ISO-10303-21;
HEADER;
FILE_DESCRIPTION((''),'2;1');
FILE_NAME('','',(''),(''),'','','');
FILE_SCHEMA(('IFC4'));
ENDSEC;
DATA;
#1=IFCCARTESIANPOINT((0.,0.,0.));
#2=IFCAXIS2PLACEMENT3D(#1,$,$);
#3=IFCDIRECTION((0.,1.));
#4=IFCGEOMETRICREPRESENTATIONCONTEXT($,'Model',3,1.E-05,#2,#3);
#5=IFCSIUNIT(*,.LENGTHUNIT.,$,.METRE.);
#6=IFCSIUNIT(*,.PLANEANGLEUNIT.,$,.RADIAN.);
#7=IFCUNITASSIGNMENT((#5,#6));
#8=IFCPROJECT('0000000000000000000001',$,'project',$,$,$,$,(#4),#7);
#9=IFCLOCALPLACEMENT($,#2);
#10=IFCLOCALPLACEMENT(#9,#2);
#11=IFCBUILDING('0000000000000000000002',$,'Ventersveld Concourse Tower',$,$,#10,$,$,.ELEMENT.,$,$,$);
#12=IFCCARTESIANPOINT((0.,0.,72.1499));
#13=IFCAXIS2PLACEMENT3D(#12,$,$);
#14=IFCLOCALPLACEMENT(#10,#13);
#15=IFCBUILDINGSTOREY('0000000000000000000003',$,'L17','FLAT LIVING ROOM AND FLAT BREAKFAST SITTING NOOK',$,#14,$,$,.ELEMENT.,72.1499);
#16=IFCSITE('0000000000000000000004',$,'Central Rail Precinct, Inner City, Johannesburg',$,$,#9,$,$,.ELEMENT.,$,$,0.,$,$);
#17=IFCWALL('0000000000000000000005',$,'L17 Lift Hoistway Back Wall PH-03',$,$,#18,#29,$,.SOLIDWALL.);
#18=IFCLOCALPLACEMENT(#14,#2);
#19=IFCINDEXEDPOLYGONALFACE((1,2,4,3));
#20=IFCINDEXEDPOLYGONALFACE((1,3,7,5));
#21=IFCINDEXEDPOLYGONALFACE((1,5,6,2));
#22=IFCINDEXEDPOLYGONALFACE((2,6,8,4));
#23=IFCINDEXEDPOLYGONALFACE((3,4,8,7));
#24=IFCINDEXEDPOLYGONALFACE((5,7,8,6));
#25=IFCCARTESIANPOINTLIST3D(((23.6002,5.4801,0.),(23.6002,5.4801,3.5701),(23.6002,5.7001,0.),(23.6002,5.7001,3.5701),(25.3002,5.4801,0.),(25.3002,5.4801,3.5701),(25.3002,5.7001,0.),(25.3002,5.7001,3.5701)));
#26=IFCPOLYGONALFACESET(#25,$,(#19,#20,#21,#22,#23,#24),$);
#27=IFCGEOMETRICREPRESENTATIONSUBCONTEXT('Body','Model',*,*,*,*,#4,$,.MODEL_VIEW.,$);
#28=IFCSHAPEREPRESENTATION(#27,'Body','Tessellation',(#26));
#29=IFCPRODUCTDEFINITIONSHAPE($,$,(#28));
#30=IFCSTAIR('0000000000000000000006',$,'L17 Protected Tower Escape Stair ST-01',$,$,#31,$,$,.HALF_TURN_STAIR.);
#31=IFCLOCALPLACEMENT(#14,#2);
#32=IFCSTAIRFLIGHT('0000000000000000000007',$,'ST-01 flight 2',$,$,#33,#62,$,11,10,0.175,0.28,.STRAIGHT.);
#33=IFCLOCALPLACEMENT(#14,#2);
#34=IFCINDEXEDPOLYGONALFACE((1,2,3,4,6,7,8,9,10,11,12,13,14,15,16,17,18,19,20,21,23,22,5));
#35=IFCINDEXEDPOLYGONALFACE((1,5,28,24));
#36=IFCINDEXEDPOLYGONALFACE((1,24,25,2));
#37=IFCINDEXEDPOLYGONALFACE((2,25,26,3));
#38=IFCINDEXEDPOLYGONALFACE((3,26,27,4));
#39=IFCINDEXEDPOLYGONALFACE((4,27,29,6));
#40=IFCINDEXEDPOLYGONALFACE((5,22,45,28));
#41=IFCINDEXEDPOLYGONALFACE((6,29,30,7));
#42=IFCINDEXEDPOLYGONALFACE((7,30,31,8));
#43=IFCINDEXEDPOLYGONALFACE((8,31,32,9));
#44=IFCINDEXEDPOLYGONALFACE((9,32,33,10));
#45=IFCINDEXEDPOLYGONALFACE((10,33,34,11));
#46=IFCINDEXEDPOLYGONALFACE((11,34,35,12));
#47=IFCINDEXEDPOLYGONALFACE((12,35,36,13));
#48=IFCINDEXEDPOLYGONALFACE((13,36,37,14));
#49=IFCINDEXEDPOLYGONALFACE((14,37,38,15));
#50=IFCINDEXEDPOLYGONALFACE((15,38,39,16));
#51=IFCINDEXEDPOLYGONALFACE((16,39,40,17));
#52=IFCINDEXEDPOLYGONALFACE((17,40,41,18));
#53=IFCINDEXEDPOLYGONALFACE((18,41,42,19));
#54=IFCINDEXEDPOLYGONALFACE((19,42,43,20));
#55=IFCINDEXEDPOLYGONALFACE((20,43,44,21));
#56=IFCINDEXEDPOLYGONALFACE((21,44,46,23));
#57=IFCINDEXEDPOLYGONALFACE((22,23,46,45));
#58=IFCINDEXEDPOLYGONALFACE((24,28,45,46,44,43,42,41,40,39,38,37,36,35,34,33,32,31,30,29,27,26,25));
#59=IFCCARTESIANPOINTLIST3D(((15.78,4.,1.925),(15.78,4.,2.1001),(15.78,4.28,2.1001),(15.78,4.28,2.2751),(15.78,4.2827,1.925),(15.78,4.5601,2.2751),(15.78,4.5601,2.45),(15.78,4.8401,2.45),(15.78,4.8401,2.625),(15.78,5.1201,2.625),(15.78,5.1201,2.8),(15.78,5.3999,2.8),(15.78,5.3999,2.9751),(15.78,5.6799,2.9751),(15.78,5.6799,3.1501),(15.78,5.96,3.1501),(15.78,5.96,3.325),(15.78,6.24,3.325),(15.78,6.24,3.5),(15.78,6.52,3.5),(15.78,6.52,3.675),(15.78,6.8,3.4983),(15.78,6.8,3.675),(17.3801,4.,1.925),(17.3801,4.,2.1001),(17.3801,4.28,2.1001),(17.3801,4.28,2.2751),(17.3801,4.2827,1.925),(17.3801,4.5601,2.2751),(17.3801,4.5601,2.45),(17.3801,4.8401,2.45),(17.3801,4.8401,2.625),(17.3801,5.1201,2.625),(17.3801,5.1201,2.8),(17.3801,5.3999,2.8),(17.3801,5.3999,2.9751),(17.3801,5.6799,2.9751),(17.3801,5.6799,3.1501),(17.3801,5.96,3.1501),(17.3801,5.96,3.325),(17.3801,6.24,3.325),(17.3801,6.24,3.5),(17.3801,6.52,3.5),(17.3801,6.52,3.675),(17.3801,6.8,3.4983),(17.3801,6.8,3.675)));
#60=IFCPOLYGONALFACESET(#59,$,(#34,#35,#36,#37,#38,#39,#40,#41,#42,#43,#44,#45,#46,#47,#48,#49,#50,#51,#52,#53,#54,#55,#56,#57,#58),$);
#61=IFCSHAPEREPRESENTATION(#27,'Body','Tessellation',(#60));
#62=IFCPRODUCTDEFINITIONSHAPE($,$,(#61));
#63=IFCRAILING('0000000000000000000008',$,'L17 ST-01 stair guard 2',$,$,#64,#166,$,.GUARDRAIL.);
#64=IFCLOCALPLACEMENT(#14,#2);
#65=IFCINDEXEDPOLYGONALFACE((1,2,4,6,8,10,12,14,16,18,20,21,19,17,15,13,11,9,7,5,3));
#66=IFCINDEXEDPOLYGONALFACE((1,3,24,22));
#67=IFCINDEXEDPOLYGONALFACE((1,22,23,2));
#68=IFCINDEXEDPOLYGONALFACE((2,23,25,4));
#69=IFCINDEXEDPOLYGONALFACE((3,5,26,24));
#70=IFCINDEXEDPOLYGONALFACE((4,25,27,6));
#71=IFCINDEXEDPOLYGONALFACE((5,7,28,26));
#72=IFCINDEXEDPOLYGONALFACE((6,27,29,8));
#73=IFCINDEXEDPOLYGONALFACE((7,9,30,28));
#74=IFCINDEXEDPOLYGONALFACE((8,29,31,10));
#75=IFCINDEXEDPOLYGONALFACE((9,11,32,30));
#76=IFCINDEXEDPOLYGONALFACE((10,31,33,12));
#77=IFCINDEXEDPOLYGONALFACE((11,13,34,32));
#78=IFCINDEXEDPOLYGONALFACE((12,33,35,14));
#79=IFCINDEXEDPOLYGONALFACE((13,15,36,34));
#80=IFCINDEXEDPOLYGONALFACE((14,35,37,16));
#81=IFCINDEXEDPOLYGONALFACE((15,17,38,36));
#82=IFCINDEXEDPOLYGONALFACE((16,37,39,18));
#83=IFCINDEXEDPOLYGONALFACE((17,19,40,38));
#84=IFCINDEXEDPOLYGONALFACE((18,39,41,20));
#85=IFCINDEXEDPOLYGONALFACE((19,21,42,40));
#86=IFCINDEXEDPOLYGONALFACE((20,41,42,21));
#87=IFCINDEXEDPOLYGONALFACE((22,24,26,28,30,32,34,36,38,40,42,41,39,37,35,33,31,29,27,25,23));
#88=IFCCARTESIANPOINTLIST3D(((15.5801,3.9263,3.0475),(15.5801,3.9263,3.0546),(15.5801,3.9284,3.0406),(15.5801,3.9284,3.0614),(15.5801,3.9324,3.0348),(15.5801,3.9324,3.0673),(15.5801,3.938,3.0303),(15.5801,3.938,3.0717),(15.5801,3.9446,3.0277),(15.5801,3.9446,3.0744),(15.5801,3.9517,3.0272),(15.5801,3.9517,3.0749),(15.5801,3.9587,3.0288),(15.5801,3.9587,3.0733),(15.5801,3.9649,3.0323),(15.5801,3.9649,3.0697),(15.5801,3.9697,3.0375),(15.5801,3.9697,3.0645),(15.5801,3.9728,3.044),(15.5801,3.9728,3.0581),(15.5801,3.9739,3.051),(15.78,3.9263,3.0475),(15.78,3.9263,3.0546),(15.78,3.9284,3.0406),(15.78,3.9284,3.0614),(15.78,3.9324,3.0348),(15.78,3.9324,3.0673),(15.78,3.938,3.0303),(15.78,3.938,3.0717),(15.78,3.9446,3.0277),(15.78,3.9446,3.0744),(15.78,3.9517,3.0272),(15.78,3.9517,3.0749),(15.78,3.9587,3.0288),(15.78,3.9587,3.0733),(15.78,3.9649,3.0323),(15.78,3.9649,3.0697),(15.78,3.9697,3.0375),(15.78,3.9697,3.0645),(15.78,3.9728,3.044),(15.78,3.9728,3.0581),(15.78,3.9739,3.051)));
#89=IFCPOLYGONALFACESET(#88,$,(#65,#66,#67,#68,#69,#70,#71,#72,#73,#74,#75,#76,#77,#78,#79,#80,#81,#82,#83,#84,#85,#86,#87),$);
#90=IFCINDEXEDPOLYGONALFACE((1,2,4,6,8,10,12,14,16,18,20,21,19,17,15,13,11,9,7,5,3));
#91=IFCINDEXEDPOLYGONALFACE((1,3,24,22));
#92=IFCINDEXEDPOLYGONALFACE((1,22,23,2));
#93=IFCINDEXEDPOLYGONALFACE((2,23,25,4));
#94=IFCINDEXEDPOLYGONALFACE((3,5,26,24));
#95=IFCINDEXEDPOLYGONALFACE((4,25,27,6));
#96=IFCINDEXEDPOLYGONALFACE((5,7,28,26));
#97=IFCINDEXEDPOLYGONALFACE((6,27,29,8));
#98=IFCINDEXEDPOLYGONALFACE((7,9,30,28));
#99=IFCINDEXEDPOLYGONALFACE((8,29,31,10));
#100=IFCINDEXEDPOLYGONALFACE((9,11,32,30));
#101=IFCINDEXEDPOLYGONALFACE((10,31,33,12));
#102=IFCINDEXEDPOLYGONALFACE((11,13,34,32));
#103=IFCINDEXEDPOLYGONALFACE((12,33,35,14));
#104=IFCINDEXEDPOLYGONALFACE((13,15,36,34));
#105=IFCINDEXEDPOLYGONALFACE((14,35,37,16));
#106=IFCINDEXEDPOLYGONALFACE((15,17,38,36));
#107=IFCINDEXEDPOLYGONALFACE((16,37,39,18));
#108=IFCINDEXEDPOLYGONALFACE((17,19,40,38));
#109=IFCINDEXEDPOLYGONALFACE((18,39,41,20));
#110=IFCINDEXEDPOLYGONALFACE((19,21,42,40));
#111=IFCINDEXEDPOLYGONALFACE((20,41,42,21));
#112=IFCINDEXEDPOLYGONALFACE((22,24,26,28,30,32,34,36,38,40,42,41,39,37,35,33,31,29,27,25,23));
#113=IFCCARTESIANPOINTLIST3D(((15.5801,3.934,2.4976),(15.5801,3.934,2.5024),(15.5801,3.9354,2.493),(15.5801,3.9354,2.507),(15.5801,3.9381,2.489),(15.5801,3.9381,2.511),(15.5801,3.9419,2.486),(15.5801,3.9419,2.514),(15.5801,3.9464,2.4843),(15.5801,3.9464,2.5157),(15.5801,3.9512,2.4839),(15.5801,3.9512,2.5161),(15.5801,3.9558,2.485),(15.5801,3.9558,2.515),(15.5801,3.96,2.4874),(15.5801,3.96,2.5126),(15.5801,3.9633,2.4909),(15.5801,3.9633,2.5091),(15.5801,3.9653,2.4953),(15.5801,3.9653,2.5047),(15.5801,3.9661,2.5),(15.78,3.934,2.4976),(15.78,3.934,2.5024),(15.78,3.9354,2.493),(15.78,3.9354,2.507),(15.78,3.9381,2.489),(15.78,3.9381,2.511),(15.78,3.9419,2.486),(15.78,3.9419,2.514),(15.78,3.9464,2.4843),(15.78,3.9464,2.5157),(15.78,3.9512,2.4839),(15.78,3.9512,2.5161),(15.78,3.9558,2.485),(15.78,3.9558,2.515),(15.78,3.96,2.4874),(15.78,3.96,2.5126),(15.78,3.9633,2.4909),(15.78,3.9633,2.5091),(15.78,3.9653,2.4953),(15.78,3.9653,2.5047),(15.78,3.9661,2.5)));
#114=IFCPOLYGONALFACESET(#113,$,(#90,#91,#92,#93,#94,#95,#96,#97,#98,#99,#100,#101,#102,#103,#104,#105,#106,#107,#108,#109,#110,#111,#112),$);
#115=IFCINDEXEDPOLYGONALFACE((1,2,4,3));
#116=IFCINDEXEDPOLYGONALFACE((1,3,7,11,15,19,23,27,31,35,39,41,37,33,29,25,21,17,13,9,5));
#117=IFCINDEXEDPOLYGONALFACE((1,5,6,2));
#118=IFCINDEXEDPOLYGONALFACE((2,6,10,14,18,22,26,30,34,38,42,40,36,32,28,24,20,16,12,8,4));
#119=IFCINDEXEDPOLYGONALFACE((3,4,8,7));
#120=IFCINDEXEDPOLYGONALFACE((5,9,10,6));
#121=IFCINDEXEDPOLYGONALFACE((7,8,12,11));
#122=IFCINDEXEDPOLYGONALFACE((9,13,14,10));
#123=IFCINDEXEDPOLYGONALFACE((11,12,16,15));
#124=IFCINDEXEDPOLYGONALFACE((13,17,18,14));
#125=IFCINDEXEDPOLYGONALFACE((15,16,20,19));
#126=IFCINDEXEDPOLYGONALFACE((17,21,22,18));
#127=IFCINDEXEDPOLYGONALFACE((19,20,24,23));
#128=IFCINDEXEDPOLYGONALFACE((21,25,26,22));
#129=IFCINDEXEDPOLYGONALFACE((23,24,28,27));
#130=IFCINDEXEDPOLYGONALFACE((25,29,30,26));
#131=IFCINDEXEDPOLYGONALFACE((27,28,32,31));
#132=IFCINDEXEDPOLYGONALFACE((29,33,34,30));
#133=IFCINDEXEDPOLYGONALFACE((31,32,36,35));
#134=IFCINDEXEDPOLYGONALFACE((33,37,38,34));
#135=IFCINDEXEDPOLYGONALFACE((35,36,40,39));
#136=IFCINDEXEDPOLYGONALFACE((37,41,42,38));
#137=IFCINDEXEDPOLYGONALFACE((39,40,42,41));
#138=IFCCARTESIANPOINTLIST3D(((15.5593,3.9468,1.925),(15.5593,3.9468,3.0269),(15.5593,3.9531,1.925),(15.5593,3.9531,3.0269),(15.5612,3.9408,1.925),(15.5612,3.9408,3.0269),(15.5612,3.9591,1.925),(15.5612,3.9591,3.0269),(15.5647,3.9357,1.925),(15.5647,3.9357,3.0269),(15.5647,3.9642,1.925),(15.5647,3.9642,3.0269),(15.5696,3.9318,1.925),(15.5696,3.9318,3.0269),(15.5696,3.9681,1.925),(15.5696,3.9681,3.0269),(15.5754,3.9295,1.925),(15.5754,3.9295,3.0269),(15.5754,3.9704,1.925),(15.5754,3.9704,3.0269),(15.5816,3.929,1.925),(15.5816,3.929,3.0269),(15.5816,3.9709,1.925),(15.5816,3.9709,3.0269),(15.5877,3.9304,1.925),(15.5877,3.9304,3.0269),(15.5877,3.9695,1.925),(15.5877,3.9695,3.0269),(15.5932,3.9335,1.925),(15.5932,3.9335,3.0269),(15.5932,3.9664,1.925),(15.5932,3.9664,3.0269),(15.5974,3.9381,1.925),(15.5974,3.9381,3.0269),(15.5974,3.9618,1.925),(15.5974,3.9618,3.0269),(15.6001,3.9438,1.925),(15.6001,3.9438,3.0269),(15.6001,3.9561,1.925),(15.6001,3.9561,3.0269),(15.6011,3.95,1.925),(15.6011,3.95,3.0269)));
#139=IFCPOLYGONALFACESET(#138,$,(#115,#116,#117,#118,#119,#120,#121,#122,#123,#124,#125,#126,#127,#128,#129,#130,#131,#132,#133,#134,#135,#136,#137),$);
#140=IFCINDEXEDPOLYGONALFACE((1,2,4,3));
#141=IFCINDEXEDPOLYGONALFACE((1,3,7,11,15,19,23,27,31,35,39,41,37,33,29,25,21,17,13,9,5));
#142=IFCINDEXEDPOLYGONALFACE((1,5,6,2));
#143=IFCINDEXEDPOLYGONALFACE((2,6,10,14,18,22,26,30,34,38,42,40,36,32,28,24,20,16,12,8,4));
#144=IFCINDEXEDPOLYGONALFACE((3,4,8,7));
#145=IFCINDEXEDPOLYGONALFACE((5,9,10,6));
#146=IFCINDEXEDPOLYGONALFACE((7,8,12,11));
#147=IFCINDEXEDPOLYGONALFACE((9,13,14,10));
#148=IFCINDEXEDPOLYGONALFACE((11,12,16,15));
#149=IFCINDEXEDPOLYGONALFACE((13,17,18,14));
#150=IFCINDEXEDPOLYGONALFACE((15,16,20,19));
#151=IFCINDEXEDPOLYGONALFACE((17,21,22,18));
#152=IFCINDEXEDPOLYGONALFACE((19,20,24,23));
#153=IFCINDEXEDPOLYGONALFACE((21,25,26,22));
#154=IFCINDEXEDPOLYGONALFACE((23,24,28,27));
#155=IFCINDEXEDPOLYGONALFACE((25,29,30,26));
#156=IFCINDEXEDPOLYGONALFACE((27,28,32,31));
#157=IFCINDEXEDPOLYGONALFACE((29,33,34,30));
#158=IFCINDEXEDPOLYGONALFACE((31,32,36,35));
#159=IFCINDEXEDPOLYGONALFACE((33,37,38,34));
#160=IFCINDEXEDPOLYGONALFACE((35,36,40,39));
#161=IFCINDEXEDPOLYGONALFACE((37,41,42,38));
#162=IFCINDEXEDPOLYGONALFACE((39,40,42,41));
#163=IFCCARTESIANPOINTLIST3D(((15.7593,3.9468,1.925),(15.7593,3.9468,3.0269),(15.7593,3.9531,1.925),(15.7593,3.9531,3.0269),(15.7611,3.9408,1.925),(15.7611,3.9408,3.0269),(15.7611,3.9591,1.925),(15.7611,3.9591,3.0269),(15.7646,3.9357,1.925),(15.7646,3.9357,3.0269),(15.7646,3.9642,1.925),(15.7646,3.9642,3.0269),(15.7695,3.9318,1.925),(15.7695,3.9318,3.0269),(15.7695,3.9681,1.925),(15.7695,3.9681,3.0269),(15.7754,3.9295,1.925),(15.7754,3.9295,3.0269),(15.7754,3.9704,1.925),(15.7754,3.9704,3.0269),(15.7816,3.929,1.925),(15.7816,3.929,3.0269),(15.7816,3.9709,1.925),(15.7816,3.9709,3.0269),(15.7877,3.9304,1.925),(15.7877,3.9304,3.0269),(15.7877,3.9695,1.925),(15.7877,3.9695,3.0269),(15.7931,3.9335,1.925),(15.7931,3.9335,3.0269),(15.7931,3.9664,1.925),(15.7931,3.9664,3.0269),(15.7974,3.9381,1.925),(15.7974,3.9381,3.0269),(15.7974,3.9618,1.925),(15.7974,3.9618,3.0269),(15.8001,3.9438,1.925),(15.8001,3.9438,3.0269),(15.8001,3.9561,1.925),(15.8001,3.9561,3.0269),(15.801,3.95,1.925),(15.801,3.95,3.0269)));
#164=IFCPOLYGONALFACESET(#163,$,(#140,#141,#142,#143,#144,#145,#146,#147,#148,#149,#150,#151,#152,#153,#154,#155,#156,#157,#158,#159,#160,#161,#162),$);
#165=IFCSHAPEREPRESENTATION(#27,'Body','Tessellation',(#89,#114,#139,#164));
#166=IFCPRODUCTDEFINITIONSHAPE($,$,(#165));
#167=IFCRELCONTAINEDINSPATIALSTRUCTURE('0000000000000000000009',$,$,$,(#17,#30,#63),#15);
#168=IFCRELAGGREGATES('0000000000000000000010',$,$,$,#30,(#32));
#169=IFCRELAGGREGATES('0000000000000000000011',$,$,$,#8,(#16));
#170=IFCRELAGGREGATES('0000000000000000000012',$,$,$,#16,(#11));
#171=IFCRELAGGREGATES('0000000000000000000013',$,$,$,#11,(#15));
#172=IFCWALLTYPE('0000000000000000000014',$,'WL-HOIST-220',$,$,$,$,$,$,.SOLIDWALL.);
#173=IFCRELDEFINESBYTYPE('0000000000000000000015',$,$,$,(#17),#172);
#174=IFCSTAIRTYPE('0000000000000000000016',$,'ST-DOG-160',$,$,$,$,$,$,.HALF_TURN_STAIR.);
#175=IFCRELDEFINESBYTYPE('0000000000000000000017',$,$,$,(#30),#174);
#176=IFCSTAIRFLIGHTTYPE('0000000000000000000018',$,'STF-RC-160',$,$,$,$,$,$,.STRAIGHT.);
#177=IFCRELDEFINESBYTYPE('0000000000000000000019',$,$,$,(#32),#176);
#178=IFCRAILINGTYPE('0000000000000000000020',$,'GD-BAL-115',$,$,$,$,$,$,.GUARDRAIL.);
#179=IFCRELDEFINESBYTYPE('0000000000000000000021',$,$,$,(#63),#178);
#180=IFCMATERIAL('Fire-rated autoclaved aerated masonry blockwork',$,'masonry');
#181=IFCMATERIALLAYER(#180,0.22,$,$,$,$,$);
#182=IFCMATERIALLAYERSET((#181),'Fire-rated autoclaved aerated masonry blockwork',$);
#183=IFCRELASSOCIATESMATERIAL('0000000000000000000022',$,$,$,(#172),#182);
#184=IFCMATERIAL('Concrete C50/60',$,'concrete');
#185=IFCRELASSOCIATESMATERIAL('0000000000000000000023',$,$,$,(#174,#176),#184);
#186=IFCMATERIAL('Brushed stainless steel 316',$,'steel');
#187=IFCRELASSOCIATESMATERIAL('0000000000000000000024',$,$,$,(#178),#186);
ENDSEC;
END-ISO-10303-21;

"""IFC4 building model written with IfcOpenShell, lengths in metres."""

from ifc_helpers import new_model, si_unit, direction, frame, frame_2d, origin, origin_2d, place, context, subcontext, project, spatial, polyline, rectangle, circle, outline, extrude, material, layer, layer_set, type_object, element, aggregate, save


model = new_model("IFC4")

# Units and contexts
model_context = context("Model", 3, precision=1e-05, world=origin(), true_north=direction((0.0, 1.0)))
body_context = subcontext(model_context, "Body", "Model", "MODEL_VIEW")
ifc_project = project(units=[si_unit("LENGTHUNIT", "METRE"), si_unit("PLANEANGLEUNIT", "RADIAN")], contexts=[model_context])

# Site, building, storey
site_placement = place(None, origin())
site = spatial("IfcSite", under=ifc_project, at=site_placement, Name="Central Rail Precinct, Inner City, Johannesburg", CompositionType="ELEMENT", RefElevation=0.0)
building_placement = place(site_placement, origin())
building = spatial("IfcBuilding", under=site, at=building_placement, Name="Ventersveld Concourse Tower", CompositionType="ELEMENT")
storey_placement = place(building_placement, frame((0.0, 0.0, 72.1499)))
storey = spatial("IfcBuildingStorey", under=building, at=storey_placement, Name="L17", Description="FLAT LIVING ROOM AND FLAT BREAKFAST SITTING NOOK", CompositionType="ELEMENT", Elevation=72.1499)

# Shared definitions
ifc_material_1 = material(Name="Concrete C50/60", Category="concrete")

# Shared definitions
ifc_material_2 = material(Name="Fire-rated autoclaved aerated masonry blockwork", Category="masonry")
ifc_layer_1 = layer(ifc_material_2, 0.22)
ifc_layer_set_1 = layer_set([ifc_layer_1], Name="Fire-rated autoclaved aerated masonry blockwork")
wall_type_1 = type_object("IfcWallType", Name="WL-HOIST-220", PredefinedType="SOLIDWALL", material=ifc_layer_set_1)

# Shared definitions
ifc_material_3 = material(Name="Brushed stainless steel 316", Category="steel")

# Wall
for number, where, z_axis, x_axis, name in (
    (1, (23.6001, 5.5901, 0.0), (0.0, 0.0, 1.0), (1.0, 0.0, 0.0), "L17 Lift Hoistway Back Wall PH-03"),
):
    element("IfcWall", number, at=place(storey_placement, frame(where, z_axis=z_axis, x_axis=x_axis)), inside=storey, type_object=wall_type_1, Name=name, PredefinedType="SOLIDWALL", context=body_context, shape_type="SweptSolid", body=[
        extrude(rectangle(XDim=1.7, YDim=0.22, at=frame_2d((0.8501, 0.0))), origin(), (0.0, 0.0, 1.0), 3.5701),
    ])

# Stair, stair flight
stair_type = type_object("IfcStairType", Name="ST-DOG-160", PredefinedType="HALF_TURN_STAIR", material=ifc_material_1)
stair_placement = place(storey_placement, origin())
stair = element("IfcStair", 2, at=stair_placement, inside=storey, type_object=stair_type, Name="L17 Protected Tower Escape Stair ST-01", PredefinedType="HALF_TURN_STAIR")
stair_flight_type = type_object("IfcStairFlightType", Name="STF-RC-160", PredefinedType="STRAIGHT", material=ifc_material_1)
stair_flight_placement = place(storey_placement, frame((16.5801, 4.0, 1.925), z_axis=(0.0, 0.0, 1.0), x_axis=(0.0, 1.0, 0.0)))
stair_flight = element("IfcStairFlight", 3, at=stair_flight_placement, type_object=stair_flight_type, Name="ST-01 flight 2", NumberOfRisers=11, NumberOfTreads=10, PredefinedType="STRAIGHT", RiserHeight=0.175, TreadLength=0.28, context=body_context, shape_type="SweptSolid", body=[
    extrude(outline(polyline([(0.0, 0.0), (0.0, 0.175), (0.28, 0.175), (0.28, 0.3501), (0.5601, 0.3501), (0.5601, 0.5249), (0.8401, 0.5249), (0.8401, 0.7), (1.1201, 0.7), (1.1201, 0.875), (1.3999, 0.875), (1.3999, 1.05), (1.6799, 1.05), (1.6799, 1.2251), (1.96, 1.2251), (1.96, 1.3999), (2.24, 1.3999), (2.24, 1.575), (2.52, 1.575), (2.52, 1.75), (2.8, 1.75), (2.8, 1.925), (2.8, 1.5732), (0.2827, 0.0), (0.0, 0.0)])), frame((0.0, 0.8, 0.0), z_axis=(0.0, -1.0, 0.0), x_axis=(1.0, 0.0, 0.0)), (0.0, 0.0, 1.0), 1.6001),
])
aggregate(stair, [stair_flight])

# Railing
railing_type_1 = type_object("IfcRailingType", Name="GD-BAL-115", PredefinedType="GUARDRAIL", material=ifc_material_3)
railing_1_placement = place(storey_placement, frame((15.5801, 3.95, 1.925)))
element("IfcRailing", 4, at=railing_1_placement, inside=storey, type_object=railing_type_1, Name="L17 ST-01 stair guard 2", PredefinedType="GUARDRAIL", context=body_context, shape_type="SweptSolid", body=[
    extrude(circle(Radius=0.0239, at=origin_2d()), frame((0.0, 0.0, 1.126), z_axis=(1.0, 0.0, 0.0), x_axis=(0.0, 1.0, 0.0)), (0.0, 0.0, 1.0), 0.2),
    extrude(circle(Radius=0.0161, at=origin_2d()), frame((0.0, 0.0, 0.575), z_axis=(1.0, 0.0, 0.0), x_axis=(0.0, 1.0, 0.0)), (0.0, 0.0, 1.0), 0.2),
    extrude(circle(Radius=0.021, at=origin_2d()), origin(), (0.0, 0.0, 1.0), 1.1018),
    extrude(circle(Radius=0.021, at=origin_2d()), frame((0.2, 0.0, 0.0)), (0.0, 0.0, 1.0), 1.1018),
])

save(model, "model.ifc")
